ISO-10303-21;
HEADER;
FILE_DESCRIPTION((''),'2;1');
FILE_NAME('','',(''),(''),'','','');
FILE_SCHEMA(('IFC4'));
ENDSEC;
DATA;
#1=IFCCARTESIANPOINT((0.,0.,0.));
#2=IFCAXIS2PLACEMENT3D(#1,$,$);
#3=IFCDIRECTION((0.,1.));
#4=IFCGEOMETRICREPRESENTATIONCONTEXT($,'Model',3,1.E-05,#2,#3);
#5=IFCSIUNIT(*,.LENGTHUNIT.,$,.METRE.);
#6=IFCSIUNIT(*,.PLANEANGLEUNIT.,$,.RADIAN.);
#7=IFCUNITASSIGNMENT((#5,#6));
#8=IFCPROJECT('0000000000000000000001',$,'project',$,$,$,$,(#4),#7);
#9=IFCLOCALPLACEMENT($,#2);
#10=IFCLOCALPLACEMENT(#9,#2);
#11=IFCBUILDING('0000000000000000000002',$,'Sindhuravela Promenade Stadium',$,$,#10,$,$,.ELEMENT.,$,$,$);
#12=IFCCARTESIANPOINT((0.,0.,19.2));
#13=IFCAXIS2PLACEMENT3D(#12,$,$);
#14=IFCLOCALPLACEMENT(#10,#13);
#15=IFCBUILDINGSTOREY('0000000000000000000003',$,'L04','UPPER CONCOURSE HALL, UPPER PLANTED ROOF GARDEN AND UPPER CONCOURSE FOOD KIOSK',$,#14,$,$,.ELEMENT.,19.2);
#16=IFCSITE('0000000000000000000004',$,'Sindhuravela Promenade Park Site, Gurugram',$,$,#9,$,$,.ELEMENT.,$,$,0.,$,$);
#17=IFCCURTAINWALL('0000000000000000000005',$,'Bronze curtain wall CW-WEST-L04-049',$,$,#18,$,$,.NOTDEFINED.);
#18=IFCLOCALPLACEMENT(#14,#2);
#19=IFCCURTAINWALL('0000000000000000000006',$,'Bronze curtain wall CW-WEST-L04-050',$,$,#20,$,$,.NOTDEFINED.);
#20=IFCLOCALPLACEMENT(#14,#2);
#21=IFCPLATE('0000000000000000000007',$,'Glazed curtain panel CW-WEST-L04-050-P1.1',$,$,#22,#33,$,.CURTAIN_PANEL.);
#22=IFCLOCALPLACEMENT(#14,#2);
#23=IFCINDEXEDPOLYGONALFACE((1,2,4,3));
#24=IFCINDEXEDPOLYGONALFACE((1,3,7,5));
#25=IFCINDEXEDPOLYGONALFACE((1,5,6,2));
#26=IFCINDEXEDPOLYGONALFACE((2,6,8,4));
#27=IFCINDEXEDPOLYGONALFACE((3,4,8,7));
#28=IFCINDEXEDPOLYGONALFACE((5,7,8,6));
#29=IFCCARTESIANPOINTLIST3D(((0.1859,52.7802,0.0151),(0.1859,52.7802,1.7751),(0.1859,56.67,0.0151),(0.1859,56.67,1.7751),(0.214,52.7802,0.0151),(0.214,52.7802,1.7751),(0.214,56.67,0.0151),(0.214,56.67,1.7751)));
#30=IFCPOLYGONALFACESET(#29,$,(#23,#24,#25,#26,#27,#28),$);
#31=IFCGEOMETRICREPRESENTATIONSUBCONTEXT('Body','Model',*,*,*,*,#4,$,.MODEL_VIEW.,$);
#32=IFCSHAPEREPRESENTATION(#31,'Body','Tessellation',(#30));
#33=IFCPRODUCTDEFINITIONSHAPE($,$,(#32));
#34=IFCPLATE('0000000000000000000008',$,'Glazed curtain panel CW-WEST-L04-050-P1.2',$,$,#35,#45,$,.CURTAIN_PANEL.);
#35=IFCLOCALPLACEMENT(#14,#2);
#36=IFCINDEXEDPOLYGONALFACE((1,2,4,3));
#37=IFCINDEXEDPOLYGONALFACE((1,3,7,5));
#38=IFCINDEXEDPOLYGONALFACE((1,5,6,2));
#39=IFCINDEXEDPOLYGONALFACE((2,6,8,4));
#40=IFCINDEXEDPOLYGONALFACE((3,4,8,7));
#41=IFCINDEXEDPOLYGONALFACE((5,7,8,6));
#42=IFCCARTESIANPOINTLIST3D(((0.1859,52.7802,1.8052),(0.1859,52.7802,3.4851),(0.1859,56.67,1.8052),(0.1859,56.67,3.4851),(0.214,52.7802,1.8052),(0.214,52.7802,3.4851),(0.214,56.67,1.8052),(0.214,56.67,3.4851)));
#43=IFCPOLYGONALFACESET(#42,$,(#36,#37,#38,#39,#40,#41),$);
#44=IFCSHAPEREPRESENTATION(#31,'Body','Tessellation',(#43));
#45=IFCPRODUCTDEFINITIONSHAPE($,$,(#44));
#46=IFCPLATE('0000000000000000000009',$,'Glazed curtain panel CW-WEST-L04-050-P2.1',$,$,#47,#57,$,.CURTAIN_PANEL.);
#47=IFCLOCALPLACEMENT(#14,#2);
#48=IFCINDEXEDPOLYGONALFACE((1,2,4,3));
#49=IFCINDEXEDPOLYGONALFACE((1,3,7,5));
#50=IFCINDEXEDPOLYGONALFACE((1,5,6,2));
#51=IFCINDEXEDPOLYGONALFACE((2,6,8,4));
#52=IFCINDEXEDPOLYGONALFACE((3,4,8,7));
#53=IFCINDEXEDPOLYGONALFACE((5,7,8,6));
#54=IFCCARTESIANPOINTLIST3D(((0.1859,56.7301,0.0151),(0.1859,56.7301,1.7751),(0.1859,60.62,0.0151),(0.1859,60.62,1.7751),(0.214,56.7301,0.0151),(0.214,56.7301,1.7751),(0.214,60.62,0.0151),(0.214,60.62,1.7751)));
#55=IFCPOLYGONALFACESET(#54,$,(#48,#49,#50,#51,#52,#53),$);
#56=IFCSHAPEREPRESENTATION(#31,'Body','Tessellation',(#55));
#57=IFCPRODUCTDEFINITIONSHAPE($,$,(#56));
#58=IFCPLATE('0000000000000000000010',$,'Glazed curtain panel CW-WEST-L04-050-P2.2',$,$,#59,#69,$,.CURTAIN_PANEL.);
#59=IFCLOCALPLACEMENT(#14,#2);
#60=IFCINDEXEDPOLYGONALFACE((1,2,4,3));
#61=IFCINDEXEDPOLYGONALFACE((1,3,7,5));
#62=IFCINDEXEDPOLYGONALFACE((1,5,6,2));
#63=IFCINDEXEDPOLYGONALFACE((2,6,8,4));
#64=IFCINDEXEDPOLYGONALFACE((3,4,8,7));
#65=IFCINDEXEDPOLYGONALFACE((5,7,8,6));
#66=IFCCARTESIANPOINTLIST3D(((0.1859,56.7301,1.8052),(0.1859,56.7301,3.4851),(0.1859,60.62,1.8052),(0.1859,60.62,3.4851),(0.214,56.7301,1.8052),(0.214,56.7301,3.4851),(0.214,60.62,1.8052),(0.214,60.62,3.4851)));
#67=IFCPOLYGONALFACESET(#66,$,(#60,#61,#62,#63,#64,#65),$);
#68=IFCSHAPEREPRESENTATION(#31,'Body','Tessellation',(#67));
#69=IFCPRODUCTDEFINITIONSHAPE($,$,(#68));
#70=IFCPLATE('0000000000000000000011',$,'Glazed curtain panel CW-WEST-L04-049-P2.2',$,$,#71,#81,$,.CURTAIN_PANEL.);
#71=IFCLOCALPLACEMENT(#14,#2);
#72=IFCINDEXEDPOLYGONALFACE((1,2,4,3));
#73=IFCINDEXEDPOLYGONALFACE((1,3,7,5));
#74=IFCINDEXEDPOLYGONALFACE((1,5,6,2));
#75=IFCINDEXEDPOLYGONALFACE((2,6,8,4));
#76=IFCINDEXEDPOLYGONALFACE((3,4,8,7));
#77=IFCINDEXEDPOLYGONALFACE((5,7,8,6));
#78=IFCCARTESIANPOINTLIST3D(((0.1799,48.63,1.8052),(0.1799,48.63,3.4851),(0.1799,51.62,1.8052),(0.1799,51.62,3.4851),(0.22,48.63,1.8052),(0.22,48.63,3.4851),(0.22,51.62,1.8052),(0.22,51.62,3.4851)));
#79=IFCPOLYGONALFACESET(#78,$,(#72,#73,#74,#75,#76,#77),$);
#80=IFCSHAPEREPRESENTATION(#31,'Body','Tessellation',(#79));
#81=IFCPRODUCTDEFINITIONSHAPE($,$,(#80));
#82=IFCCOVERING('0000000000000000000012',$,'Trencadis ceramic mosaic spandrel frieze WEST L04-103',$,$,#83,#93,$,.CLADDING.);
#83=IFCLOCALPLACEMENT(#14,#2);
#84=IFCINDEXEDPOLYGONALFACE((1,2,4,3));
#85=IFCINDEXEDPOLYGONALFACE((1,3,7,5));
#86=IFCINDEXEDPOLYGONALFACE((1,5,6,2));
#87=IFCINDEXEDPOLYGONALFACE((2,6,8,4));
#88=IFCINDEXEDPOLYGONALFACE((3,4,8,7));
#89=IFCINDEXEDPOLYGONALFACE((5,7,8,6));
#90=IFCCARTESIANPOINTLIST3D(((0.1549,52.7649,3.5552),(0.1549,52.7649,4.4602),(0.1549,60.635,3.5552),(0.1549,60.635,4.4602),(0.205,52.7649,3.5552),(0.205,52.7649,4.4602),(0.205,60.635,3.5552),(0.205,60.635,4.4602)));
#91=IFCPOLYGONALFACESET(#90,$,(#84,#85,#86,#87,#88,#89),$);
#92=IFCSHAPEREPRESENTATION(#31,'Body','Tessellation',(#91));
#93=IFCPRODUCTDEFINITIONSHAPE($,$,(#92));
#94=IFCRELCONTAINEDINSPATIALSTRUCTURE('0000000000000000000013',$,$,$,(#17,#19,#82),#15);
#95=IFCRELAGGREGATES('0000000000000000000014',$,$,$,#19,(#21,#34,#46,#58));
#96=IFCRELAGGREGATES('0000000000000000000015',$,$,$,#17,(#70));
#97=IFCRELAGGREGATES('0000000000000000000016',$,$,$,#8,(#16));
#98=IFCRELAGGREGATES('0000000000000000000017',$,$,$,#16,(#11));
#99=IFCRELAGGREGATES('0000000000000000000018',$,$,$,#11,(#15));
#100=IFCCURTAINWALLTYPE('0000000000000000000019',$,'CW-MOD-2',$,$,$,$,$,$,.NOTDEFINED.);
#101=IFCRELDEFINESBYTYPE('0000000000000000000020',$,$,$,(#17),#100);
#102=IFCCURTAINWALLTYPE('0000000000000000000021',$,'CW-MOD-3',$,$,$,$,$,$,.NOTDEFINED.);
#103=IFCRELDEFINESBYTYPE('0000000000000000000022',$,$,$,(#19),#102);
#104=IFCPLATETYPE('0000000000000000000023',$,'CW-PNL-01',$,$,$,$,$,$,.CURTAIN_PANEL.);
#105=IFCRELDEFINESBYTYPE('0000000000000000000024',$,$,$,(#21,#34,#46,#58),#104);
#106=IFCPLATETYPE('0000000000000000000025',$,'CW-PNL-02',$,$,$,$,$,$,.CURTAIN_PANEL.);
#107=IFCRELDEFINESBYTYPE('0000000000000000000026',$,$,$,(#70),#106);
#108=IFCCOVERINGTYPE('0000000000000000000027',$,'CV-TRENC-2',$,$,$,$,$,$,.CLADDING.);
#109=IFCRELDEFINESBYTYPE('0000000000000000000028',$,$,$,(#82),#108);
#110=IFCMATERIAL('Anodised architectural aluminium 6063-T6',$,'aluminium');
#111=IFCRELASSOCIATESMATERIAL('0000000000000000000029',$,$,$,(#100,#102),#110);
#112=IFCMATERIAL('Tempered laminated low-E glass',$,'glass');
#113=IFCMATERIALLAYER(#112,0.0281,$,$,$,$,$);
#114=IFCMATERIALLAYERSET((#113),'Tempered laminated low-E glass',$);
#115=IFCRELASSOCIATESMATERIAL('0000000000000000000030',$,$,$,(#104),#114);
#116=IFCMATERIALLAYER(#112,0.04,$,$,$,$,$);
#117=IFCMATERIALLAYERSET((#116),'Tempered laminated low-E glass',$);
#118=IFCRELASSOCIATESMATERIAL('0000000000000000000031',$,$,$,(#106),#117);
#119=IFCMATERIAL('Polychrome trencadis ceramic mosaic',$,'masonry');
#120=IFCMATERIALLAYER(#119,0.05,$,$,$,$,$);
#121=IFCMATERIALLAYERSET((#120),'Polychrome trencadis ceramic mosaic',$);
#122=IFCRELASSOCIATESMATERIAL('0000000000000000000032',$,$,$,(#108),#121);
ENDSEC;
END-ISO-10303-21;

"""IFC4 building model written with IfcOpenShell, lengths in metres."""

from ifc_helpers import new_model, si_unit, direction, frame, origin, origin_2d, place, context, subcontext, project, spatial, rectangle, extrude, material, layer, layer_set, type_object, element, aggregate, save


model = new_model("IFC4")

# Units and contexts
model_context = context("Model", 3, precision=1e-05, world=origin(), true_north=direction((0.0, 1.0)))
body_context = subcontext(model_context, "Body", "Model", "MODEL_VIEW")
ifc_project = project(units=[si_unit("LENGTHUNIT", "METRE"), si_unit("PLANEANGLEUNIT", "RADIAN")], contexts=[model_context])

# Site, building, storey
site_placement = place(None, origin())
site = spatial("IfcSite", under=ifc_project, at=site_placement, Name="Sindhuravela Promenade Park Site, Gurugram", CompositionType="ELEMENT", RefElevation=0.0)
building_placement = place(site_placement, origin())
building = spatial("IfcBuilding", under=site, at=building_placement, Name="Sindhuravela Promenade Stadium", CompositionType="ELEMENT")
storey_placement = place(building_placement, frame((0.0, 0.0, 19.2)))
storey = spatial("IfcBuildingStorey", under=building, at=storey_placement, Name="L04", Description="UPPER CONCOURSE HALL, UPPER PLANTED ROOF GARDEN AND UPPER CONCOURSE FOOD KIOSK", CompositionType="ELEMENT", Elevation=19.2)

# Curtain wall
ifc_material_1 = material(Name="Anodised architectural aluminium 6063-T6", Category="aluminium")
curtain_wall_type_1 = type_object("IfcCurtainWallType", Name="CW-MOD-2", PredefinedType="NOTDEFINED", material=ifc_material_1)
curtain_wall_1_placement = place(storey_placement, origin())
curtain_wall_1 = element("IfcCurtainWall", 1, at=curtain_wall_1_placement, inside=storey, type_object=curtain_wall_type_1, Name="Bronze curtain wall CW-WEST-L04-049", PredefinedType="NOTDEFINED")

# Curtain wall
curtain_wall_type_2 = type_object("IfcCurtainWallType", Name="CW-MOD-3", PredefinedType="NOTDEFINED", material=ifc_material_1)
curtain_wall_2_placement = place(storey_placement, origin())
curtain_wall_2 = element("IfcCurtainWall", 2, at=curtain_wall_2_placement, inside=storey, type_object=curtain_wall_type_2, Name="Bronze curtain wall CW-WEST-L04-050", PredefinedType="NOTDEFINED")

# Plates
ifc_material_2 = material(Name="Tempered laminated low-E glass", Category="glass")
ifc_layer_1 = layer(ifc_material_2, 0.0281)
ifc_layer_set_1 = layer_set([ifc_layer_1], Name="Tempered laminated low-E glass")
plate_type_1 = type_object("IfcPlateType", Name="CW-PNL-01", PredefinedType="CURTAIN_PANEL", material=ifc_layer_set_1)
plate_1_placement = place(storey_placement, frame((0.2, 54.7251, 0.0151), z_axis=(0.0, 0.0, 1.0), x_axis=(0.0, 1.0, 0.0)))
plate_1 = element("IfcPlate", 3, at=plate_1_placement, type_object=plate_type_1, Name="Glazed curtain panel CW-WEST-L04-050-P1.1", PredefinedType="CURTAIN_PANEL", context=body_context, shape_type="SweptSolid", body=[
    extrude(rectangle(XDim=3.8899, YDim=0.0281, at=origin_2d()), origin(), (0.0, 0.0, 1.0), 1.76),
])
plate_2_placement = place(storey_placement, frame((0.2, 54.7251, 1.8052), z_axis=(0.0, 0.0, 1.0), x_axis=(0.0, 1.0, 0.0)))
plate_2 = element("IfcPlate", 4, at=plate_2_placement, type_object=plate_type_1, Name="Glazed curtain panel CW-WEST-L04-050-P1.2", PredefinedType="CURTAIN_PANEL", context=body_context, shape_type="SweptSolid", body=[
    extrude(rectangle(XDim=3.8899, YDim=0.0281, at=origin_2d()), origin(), (0.0, 0.0, 1.0), 1.6799),
])
plate_3_placement = place(storey_placement, frame((0.2, 58.675, 0.0151), z_axis=(0.0, 0.0, 1.0), x_axis=(0.0, 1.0, 0.0)))
plate_3 = element("IfcPlate", 5, at=plate_3_placement, type_object=plate_type_1, Name="Glazed curtain panel CW-WEST-L04-050-P2.1", PredefinedType="CURTAIN_PANEL", context=body_context, shape_type="SweptSolid", body=[
    extrude(rectangle(XDim=3.8899, YDim=0.0281, at=origin_2d()), origin(), (0.0, 0.0, 1.0), 1.76),
])
plate_4_placement = place(storey_placement, frame((0.2, 58.675, 1.8052), z_axis=(0.0, 0.0, 1.0), x_axis=(0.0, 1.0, 0.0)))
plate_4 = element("IfcPlate", 6, at=plate_4_placement, type_object=plate_type_1, Name="Glazed curtain panel CW-WEST-L04-050-P2.2", PredefinedType="CURTAIN_PANEL", context=body_context, shape_type="SweptSolid", body=[
    extrude(rectangle(XDim=3.8899, YDim=0.0281, at=origin_2d()), origin(), (0.0, 0.0, 1.0), 1.6799),
])
aggregate(curtain_wall_2, [plate_1, plate_2, plate_3, plate_4])
ifc_layer_2 = layer(ifc_material_2, 0.04)
ifc_layer_set_2 = layer_set([ifc_layer_2], Name="Tempered laminated low-E glass")
plate_type_2 = type_object("IfcPlateType", Name="CW-PNL-02", PredefinedType="CURTAIN_PANEL", material=ifc_layer_set_2)
plate_5_placement = place(storey_placement, frame((0.2, 50.125, 1.8052), z_axis=(0.0, 0.0, 1.0), x_axis=(0.0, 1.0, 0.0)))
plate_5 = element("IfcPlate", 7, at=plate_5_placement, type_object=plate_type_2, Name="Glazed curtain panel CW-WEST-L04-049-P2.2", PredefinedType="CURTAIN_PANEL", context=body_context, shape_type="SweptSolid", body=[
    extrude(rectangle(XDim=2.99, YDim=0.04, at=origin_2d()), origin(), (0.0, 0.0, 1.0), 1.6799),
])
aggregate(curtain_wall_1, [plate_5])

# Covering
ifc_material_3 = material(Name="Polychrome trencadis ceramic mosaic", Category="masonry")
ifc_layer_3 = layer(ifc_material_3, 0.05)
ifc_layer_set_3 = layer_set([ifc_layer_3], Name="Polychrome trencadis ceramic mosaic")
covering_type = type_object("IfcCoveringType", Name="CV-TRENC-2", PredefinedType="CLADDING", material=ifc_layer_set_3)
covering_placement = place(storey_placement, frame((0.1799, 56.7, 3.5552), z_axis=(0.0, 0.0, 1.0), x_axis=(0.0, 1.0, 0.0)))
element("IfcCovering", 8, at=covering_placement, inside=storey, type_object=covering_type, Name="Trencadis ceramic mosaic spandrel frieze WEST L04-103", PredefinedType="CLADDING", context=body_context, shape_type="SweptSolid", body=[
    extrude(rectangle(XDim=7.8701, YDim=0.05, at=origin_2d()), origin(), (0.0, 0.0, 1.0), 0.905),
])

save(model, "model.ifc")
